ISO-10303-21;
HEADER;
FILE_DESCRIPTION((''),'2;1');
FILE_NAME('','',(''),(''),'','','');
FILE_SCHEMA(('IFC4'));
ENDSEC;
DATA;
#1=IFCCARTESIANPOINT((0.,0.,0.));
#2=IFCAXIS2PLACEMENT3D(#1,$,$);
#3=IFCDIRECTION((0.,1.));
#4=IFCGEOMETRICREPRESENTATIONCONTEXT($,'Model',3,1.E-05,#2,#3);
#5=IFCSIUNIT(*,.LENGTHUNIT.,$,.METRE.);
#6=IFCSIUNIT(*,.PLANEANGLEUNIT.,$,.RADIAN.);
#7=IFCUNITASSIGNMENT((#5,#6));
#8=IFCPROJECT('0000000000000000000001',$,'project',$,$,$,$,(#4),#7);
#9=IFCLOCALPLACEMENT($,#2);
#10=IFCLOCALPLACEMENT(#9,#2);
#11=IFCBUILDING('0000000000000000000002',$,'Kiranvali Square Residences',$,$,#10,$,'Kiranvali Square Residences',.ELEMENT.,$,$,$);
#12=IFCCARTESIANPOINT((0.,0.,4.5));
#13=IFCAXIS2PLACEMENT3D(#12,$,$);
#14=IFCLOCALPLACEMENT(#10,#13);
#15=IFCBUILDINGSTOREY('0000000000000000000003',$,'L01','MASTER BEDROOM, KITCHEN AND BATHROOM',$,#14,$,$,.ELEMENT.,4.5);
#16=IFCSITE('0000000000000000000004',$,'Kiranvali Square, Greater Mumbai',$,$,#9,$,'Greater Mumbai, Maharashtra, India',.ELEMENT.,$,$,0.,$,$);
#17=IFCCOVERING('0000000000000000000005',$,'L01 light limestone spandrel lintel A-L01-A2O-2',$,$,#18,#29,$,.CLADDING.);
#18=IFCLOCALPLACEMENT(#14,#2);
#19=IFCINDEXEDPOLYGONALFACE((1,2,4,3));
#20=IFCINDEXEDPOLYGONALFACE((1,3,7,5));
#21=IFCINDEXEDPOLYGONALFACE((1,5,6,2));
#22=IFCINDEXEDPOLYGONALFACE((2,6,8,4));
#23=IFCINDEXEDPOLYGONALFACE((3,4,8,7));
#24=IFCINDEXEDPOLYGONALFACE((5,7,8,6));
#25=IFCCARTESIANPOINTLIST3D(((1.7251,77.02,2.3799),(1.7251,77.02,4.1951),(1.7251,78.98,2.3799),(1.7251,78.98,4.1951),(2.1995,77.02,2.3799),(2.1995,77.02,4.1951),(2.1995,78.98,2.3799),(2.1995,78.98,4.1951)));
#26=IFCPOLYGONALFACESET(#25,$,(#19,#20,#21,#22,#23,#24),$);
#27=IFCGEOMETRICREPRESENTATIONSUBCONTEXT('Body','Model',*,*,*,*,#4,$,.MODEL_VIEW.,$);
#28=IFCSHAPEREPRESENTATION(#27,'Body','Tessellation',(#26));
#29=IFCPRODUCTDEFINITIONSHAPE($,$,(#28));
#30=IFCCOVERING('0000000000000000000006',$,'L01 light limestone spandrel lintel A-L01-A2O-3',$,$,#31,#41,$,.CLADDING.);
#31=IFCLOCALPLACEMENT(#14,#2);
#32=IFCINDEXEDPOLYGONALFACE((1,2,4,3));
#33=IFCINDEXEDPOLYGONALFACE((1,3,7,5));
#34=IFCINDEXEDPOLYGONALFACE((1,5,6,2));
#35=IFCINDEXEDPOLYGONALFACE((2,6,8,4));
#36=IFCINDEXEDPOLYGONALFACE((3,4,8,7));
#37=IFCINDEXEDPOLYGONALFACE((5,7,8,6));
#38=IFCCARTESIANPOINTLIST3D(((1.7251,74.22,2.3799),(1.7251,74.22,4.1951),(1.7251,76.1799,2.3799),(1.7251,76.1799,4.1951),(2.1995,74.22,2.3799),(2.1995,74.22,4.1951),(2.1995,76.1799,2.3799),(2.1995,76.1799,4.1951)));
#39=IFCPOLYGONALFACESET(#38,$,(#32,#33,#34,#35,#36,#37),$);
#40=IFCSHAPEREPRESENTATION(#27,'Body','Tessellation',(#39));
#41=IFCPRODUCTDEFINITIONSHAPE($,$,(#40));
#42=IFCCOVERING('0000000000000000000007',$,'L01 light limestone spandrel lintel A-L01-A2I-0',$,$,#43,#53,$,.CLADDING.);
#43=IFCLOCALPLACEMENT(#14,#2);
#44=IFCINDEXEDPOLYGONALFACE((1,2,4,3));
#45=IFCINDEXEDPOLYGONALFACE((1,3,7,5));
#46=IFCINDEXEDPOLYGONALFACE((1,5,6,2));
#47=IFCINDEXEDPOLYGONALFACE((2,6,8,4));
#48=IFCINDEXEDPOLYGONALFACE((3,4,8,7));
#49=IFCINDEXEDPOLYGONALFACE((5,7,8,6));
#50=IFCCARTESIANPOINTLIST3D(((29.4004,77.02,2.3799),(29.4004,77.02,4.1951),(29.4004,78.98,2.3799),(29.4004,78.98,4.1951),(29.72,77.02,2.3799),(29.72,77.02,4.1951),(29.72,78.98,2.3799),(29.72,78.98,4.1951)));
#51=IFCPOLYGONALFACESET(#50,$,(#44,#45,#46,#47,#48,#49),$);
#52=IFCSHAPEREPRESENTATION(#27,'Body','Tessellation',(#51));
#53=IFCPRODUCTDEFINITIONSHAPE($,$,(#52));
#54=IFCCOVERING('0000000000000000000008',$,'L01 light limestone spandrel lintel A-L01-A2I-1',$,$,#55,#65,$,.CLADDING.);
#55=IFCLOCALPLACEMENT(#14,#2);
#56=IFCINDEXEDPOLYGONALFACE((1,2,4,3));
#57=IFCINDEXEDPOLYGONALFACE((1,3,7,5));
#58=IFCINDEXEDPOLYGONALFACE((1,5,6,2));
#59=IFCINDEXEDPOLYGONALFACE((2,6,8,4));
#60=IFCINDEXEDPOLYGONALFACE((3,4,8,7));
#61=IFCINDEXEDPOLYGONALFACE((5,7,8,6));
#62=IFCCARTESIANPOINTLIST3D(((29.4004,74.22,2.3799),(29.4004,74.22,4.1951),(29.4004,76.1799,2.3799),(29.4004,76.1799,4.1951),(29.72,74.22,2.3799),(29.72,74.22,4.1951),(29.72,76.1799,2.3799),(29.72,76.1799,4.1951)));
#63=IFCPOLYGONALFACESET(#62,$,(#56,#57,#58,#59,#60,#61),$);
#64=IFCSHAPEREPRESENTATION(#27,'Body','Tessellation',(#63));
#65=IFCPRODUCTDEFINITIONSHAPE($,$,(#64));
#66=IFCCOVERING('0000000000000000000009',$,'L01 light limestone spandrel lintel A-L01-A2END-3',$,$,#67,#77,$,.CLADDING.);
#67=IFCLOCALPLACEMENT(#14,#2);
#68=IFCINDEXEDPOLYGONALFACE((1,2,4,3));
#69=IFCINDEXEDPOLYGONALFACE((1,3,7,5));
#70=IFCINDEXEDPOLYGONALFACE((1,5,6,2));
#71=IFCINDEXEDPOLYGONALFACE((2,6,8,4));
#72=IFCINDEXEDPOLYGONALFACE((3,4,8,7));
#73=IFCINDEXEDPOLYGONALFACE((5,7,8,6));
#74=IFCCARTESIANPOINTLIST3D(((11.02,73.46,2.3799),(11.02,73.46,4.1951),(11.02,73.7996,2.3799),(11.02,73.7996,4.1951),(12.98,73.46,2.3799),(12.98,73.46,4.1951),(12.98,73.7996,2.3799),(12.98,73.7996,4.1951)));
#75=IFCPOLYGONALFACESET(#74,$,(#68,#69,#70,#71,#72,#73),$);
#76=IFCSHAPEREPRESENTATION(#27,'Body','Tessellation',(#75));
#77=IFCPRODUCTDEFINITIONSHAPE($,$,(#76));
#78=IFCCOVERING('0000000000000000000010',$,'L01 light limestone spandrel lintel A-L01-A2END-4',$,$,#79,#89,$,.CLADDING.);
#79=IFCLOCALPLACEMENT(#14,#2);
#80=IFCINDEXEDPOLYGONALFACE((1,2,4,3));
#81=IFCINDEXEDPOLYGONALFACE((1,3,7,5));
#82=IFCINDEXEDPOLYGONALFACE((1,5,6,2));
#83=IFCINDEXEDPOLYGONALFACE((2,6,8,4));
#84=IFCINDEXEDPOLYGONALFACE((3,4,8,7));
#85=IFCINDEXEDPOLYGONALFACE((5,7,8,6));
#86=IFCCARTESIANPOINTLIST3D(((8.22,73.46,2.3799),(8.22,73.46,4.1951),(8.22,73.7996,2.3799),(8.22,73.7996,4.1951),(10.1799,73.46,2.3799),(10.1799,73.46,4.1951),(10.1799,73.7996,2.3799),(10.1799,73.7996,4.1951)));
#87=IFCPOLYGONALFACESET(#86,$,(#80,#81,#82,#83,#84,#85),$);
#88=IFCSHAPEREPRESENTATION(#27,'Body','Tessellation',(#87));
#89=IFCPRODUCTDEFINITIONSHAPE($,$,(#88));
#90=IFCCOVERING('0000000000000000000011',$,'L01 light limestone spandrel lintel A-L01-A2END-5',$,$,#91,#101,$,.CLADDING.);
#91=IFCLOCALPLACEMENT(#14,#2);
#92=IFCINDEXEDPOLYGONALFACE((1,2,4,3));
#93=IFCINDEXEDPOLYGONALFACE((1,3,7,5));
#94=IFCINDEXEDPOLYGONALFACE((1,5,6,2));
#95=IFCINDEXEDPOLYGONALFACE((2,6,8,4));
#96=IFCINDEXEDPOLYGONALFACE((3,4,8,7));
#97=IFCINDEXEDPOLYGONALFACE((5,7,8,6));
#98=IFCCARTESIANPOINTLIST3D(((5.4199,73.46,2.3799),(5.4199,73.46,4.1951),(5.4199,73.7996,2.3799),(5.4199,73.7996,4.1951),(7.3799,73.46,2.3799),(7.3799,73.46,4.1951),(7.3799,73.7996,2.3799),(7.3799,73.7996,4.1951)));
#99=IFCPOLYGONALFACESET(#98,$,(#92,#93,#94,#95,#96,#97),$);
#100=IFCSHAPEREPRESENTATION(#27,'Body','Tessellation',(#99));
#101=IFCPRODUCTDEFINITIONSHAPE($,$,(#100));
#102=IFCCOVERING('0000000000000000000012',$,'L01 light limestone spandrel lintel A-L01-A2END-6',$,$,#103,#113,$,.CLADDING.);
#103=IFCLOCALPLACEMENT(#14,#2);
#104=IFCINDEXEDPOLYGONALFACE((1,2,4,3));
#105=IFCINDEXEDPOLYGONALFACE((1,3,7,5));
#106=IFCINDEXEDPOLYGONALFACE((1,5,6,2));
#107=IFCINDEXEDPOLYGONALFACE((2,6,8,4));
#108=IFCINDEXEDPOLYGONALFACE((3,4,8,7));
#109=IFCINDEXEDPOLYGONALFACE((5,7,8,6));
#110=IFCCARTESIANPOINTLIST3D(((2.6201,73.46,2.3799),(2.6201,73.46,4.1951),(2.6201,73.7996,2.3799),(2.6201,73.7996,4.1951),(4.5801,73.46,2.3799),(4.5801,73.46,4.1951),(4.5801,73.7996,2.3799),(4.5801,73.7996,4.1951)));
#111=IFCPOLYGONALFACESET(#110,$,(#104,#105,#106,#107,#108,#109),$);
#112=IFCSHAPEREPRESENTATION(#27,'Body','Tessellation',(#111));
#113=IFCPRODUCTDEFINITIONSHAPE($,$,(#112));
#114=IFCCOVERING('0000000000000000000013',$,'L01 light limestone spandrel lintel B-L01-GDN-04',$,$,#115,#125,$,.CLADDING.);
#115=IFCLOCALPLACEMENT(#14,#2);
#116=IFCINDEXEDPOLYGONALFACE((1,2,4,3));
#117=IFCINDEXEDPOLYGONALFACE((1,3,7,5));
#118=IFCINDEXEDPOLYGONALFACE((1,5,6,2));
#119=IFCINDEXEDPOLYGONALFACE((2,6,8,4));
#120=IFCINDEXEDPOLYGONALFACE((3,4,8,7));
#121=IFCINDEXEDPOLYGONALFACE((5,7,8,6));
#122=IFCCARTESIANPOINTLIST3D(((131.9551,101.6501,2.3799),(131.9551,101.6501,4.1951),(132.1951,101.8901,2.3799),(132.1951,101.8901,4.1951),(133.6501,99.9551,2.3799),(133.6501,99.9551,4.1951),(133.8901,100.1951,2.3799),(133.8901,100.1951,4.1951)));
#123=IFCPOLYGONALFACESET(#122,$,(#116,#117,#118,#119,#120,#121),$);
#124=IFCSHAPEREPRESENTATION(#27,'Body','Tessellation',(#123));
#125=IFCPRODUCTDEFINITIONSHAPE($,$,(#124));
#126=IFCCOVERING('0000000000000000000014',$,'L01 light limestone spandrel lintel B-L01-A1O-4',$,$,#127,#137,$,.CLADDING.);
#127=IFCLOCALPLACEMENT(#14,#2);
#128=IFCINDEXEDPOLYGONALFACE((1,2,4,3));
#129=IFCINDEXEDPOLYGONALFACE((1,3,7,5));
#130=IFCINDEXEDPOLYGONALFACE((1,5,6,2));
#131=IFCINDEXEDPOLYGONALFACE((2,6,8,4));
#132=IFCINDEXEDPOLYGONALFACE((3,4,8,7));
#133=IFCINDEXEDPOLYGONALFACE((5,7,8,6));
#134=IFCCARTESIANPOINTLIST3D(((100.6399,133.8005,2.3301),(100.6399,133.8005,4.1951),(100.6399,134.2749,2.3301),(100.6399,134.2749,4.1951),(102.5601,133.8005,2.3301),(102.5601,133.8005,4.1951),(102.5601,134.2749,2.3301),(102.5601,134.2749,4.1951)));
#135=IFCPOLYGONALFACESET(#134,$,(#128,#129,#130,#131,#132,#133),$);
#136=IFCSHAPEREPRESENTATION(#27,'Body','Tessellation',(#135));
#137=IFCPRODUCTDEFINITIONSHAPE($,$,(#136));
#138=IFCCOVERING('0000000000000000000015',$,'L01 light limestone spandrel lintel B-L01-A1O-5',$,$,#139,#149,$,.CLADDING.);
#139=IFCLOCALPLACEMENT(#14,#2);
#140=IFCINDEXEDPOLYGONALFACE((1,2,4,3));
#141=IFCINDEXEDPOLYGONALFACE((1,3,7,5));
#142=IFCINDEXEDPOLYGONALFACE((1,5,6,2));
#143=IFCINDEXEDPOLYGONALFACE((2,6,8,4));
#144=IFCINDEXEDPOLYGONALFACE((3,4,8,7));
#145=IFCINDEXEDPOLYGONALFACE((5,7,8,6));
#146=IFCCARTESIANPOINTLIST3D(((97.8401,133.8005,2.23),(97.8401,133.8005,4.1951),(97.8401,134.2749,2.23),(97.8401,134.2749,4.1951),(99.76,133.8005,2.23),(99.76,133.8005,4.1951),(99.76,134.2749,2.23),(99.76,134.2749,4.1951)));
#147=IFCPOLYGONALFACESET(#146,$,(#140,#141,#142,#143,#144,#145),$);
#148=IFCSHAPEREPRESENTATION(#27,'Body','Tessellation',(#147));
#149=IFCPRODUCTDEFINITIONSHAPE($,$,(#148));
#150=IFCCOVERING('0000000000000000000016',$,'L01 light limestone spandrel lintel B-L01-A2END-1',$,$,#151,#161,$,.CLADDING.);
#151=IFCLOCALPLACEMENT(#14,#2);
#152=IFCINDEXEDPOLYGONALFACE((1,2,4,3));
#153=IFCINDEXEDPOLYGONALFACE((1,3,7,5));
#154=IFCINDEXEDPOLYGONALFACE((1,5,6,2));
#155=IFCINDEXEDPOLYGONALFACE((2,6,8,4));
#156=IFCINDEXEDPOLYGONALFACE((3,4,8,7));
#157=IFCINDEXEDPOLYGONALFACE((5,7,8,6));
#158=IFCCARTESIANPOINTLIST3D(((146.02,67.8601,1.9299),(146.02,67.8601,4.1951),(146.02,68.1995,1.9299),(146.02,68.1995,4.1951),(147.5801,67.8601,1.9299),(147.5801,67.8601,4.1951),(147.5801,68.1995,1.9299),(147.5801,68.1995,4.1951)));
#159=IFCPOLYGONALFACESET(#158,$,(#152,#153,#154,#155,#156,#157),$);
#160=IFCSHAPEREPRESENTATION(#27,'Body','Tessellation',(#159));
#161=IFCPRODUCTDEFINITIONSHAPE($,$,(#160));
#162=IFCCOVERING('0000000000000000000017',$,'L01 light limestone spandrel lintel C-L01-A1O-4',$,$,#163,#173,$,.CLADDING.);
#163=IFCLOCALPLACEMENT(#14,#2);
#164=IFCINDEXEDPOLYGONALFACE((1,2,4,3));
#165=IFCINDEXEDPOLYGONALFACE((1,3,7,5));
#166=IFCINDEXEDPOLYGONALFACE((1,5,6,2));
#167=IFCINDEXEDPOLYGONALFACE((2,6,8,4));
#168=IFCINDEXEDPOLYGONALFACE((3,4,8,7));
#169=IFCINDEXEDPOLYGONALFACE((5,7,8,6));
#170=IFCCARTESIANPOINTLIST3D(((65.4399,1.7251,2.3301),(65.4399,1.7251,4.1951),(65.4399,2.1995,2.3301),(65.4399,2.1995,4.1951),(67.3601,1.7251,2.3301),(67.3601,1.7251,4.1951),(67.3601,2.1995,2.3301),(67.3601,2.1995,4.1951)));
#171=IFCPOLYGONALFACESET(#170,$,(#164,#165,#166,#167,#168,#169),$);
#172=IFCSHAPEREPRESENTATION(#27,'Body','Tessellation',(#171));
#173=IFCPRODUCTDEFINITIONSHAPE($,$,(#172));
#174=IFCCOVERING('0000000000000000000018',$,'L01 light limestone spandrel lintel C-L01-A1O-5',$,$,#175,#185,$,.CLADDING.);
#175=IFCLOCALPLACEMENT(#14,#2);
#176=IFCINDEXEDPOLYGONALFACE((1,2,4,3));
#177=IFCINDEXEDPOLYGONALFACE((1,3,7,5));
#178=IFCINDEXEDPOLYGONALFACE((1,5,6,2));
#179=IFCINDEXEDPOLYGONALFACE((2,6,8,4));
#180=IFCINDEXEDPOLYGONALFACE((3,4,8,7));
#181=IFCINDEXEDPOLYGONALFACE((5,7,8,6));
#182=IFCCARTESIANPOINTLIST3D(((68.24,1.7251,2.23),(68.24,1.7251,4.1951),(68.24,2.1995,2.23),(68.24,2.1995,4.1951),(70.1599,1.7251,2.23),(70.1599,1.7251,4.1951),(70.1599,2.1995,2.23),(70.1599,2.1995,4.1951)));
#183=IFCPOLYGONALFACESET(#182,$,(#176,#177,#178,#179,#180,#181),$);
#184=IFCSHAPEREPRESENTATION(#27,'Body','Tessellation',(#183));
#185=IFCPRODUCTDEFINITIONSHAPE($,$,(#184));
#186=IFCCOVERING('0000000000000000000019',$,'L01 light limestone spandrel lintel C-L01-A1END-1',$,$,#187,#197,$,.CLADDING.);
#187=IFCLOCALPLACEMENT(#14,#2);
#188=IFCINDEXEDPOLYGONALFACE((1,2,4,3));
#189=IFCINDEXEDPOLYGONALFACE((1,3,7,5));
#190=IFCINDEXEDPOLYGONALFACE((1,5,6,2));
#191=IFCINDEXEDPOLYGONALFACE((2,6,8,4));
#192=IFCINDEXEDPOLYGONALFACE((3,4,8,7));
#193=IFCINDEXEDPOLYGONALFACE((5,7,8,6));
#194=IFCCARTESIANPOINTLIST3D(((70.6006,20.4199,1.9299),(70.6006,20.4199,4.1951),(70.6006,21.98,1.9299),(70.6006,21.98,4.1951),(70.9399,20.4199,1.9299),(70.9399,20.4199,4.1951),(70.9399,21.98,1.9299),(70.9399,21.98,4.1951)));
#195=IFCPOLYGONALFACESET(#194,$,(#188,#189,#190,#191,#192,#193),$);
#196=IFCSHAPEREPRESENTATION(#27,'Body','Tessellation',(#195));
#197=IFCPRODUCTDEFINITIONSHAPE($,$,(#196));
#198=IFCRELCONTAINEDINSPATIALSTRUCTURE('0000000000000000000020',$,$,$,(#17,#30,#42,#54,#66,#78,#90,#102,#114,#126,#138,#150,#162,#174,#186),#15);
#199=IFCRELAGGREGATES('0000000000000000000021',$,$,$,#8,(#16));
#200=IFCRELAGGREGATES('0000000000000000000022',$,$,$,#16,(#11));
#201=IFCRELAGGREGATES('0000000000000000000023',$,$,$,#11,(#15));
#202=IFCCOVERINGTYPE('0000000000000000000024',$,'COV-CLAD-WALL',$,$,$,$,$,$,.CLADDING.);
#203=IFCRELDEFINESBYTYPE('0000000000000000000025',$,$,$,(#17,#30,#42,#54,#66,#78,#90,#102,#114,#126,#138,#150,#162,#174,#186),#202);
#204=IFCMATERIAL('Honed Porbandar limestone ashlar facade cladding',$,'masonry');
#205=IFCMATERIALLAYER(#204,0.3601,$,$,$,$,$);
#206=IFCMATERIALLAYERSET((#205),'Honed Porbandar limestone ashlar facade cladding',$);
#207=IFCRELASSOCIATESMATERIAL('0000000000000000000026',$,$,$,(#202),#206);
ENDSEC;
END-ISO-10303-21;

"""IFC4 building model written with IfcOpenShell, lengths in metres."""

from ifc_helpers import new_model, si_unit, direction, frame, origin, place, context, subcontext, project, spatial, polyline, outline, extrude, material, layer, layer_set, type_object, element, save


model = new_model("IFC4")

# Units and contexts
model_context = context("Model", 3, precision=1e-05, world=origin(), true_north=direction((0.0, 1.0)))
body_context = subcontext(model_context, "Body", "Model", "MODEL_VIEW")
ifc_project = project(units=[si_unit("LENGTHUNIT", "METRE"), si_unit("PLANEANGLEUNIT", "RADIAN")], contexts=[model_context])

# Site, building, storey
site_placement = place(None, origin())
site = spatial("IfcSite", under=ifc_project, at=site_placement, Name="Kiranvali Square, Greater Mumbai", LongName="Greater Mumbai, Maharashtra, India", CompositionType="ELEMENT", RefElevation=0.0)
building_placement = place(site_placement, origin())
building = spatial("IfcBuilding", under=site, at=building_placement, Name="Kiranvali Square Residences", LongName="Kiranvali Square Residences", CompositionType="ELEMENT")
storey_placement = place(building_placement, frame((0.0, 0.0, 4.5)))
storey = spatial("IfcBuildingStorey", under=building, at=storey_placement, Name="L01", Description="MASTER BEDROOM, KITCHEN AND BATHROOM", CompositionType="ELEMENT", Elevation=4.5)

# Coverings
ifc_material = material(Name="Honed Porbandar limestone ashlar facade cladding", Category="masonry")
ifc_layer = layer(ifc_material, 0.3601)
ifc_layer_set = layer_set([ifc_layer], Name="Honed Porbandar limestone ashlar facade cladding")
covering_type = type_object("IfcCoveringType", Name="COV-CLAD-WALL", PredefinedType="CLADDING", material=ifc_layer_set)
covering_1_placement = place(storey_placement, frame((0.0, 0.0, 2.3799)))
element("IfcCovering", 1, at=covering_1_placement, inside=storey, type_object=covering_type, Name="L01 light limestone spandrel lintel A-L01-A2O-2", PredefinedType="CLADDING", context=body_context, shape_type="SweptSolid", body=[
    extrude(outline(polyline([(1.7251, 78.98), (1.7251, 77.02), (2.1995, 77.02), (2.1995, 78.98), (1.7251, 78.98)])), origin(), (0.0, 0.0, 1.0), 1.8152),
])
covering_2_placement = place(storey_placement, frame((0.0, 0.0, 2.3799)))
element("IfcCovering", 2, at=covering_2_placement, inside=storey, type_object=covering_type, Name="L01 light limestone spandrel lintel A-L01-A2O-3", PredefinedType="CLADDING", context=body_context, shape_type="SweptSolid", body=[
    extrude(outline(polyline([(1.7251, 76.1799), (1.7251, 74.22), (2.1995, 74.22), (2.1995, 76.1799), (1.7251, 76.1799)])), origin(), (0.0, 0.0, 1.0), 1.8152),
])
covering_3_placement = place(storey_placement, frame((0.0, 0.0, 2.3799)))
element("IfcCovering", 3, at=covering_3_placement, inside=storey, type_object=covering_type, Name="L01 light limestone spandrel lintel A-L01-A2I-0", PredefinedType="CLADDING", context=body_context, shape_type="SweptSolid", body=[
    extrude(outline(polyline([(29.4004, 78.98), (29.4004, 77.02), (29.72, 77.02), (29.72, 78.98), (29.4004, 78.98)])), origin(), (0.0, 0.0, 1.0), 1.8152),
])
covering_4_placement = place(storey_placement, frame((0.0, 0.0, 2.3799)))
element("IfcCovering", 4, at=covering_4_placement, inside=storey, type_object=covering_type, Name="L01 light limestone spandrel lintel A-L01-A2I-1", PredefinedType="CLADDING", context=body_context, shape_type="SweptSolid", body=[
    extrude(outline(polyline([(29.4004, 76.1799), (29.4004, 74.22), (29.72, 74.22), (29.72, 76.1799), (29.4004, 76.1799)])), origin(), (0.0, 0.0, 1.0), 1.8152),
])
covering_5_placement = place(storey_placement, frame((0.0, 0.0, 2.3799)))
element("IfcCovering", 5, at=covering_5_placement, inside=storey, type_object=covering_type, Name="L01 light limestone spandrel lintel A-L01-A2END-3", PredefinedType="CLADDING", context=body_context, shape_type="SweptSolid", body=[
    extrude(outline(polyline([(12.98, 73.7996), (11.02, 73.7996), (11.02, 73.46), (12.98, 73.46), (12.98, 73.7996)])), origin(), (0.0, 0.0, 1.0), 1.8152),
])
covering_6_placement = place(storey_placement, frame((0.0, 0.0, 2.3799)))
element("IfcCovering", 6, at=covering_6_placement, inside=storey, type_object=covering_type, Name="L01 light limestone spandrel lintel A-L01-A2END-4", PredefinedType="CLADDING", context=body_context, shape_type="SweptSolid", body=[
    extrude(outline(polyline([(10.1799, 73.7996), (8.22, 73.7996), (8.22, 73.46), (10.1799, 73.46), (10.1799, 73.7996)])), origin(), (0.0, 0.0, 1.0), 1.8152),
])
covering_7_placement = place(storey_placement, frame((0.0, 0.0, 2.3799)))
element("IfcCovering", 7, at=covering_7_placement, inside=storey, type_object=covering_type, Name="L01 light limestone spandrel lintel A-L01-A2END-5", PredefinedType="CLADDING", context=body_context, shape_type="SweptSolid", body=[
    extrude(outline(polyline([(7.3799, 73.7996), (5.4199, 73.7996), (5.4199, 73.46), (7.3799, 73.46), (7.3799, 73.7996)])), origin(), (0.0, 0.0, 1.0), 1.8152),
])
covering_8_placement = place(storey_placement, frame((0.0, 0.0, 2.3799)))
element("IfcCovering", 8, at=covering_8_placement, inside=storey, type_object=covering_type, Name="L01 light limestone spandrel lintel A-L01-A2END-6", PredefinedType="CLADDING", context=body_context, shape_type="SweptSolid", body=[
    extrude(outline(polyline([(4.5801, 73.7996), (2.6201, 73.7996), (2.6201, 73.46), (4.5801, 73.46), (4.5801, 73.7996)])), origin(), (0.0, 0.0, 1.0), 1.8152),
])
covering_9_placement = place(storey_placement, frame((0.0, 0.0, 2.3799)))
element("IfcCovering", 9, at=covering_9_placement, inside=storey, type_object=covering_type, Name="L01 light limestone spandrel lintel B-L01-GDN-04", PredefinedType="CLADDING", context=body_context, shape_type="SweptSolid", body=[
    extrude(outline(polyline([(131.9551, 101.6501), (133.6501, 99.9551), (133.8901, 100.1951), (132.1951, 101.8901), (131.9551, 101.6501)])), origin(), (0.0, 0.0, 1.0), 1.8152),
])
covering_10_placement = place(storey_placement, frame((0.0, 0.0, 2.3301)))
element("IfcCovering", 10, at=covering_10_placement, inside=storey, type_object=covering_type, Name="L01 light limestone spandrel lintel B-L01-A1O-4", PredefinedType="CLADDING", context=body_context, shape_type="SweptSolid", body=[
    extrude(outline(polyline([(102.5601, 134.2749), (100.6399, 134.2749), (100.6399, 133.8005), (102.5601, 133.8005), (102.5601, 134.2749)])), origin(), (0.0, 0.0, 1.0), 1.865),
])
covering_11_placement = place(storey_placement, frame((0.0, 0.0, 2.23)))
element("IfcCovering", 11, at=covering_11_placement, inside=storey, type_object=covering_type, Name="L01 light limestone spandrel lintel B-L01-A1O-5", PredefinedType="CLADDING", context=body_context, shape_type="SweptSolid", body=[
    extrude(outline(polyline([(99.76, 134.2749), (97.8401, 134.2749), (97.8401, 133.8005), (99.76, 133.8005), (99.76, 134.2749)])), origin(), (0.0, 0.0, 1.0), 1.9651),
])
covering_12_placement = place(storey_placement, frame((0.0, 0.0, 1.9299)))
element("IfcCovering", 12, at=covering_12_placement, inside=storey, type_object=covering_type, Name="L01 light limestone spandrel lintel B-L01-A2END-1", PredefinedType="CLADDING", context=body_context, shape_type="SweptSolid", body=[
    extrude(outline(polyline([(146.02, 67.8601), (147.5801, 67.8601), (147.5801, 68.1995), (146.02, 68.1995), (146.02, 67.8601)])), origin(), (0.0, 0.0, 1.0), 2.2651),
])
covering_13_placement = place(storey_placement, frame((0.0, 0.0, 2.3301)))
element("IfcCovering", 13, at=covering_13_placement, inside=storey, type_object=covering_type, Name="L01 light limestone spandrel lintel C-L01-A1O-4", PredefinedType="CLADDING", context=body_context, shape_type="SweptSolid", body=[
    extrude(outline(polyline([(65.4399, 1.7251), (67.3601, 1.7251), (67.3601, 2.1995), (65.4399, 2.1995), (65.4399, 1.7251)])), origin(), (0.0, 0.0, 1.0), 1.865),
])
covering_14_placement = place(storey_placement, frame((0.0, 0.0, 2.23)))
element("IfcCovering", 14, at=covering_14_placement, inside=storey, type_object=covering_type, Name="L01 light limestone spandrel lintel C-L01-A1O-5", PredefinedType="CLADDING", context=body_context, shape_type="SweptSolid", body=[
    extrude(outline(polyline([(68.24, 1.7251), (70.1599, 1.7251), (70.1599, 2.1995), (68.24, 2.1995), (68.24, 1.7251)])), origin(), (0.0, 0.0, 1.0), 1.9651),
])
covering_15_placement = place(storey_placement, frame((0.0, 0.0, 1.9299)))
element("IfcCovering", 15, at=covering_15_placement, inside=storey, type_object=covering_type, Name="L01 light limestone spandrel lintel C-L01-A1END-1", PredefinedType="CLADDING", context=body_context, shape_type="SweptSolid", body=[
    extrude(outline(polyline([(70.6006, 21.98), (70.6006, 20.4199), (70.9399, 20.4199), (70.9399, 21.98), (70.6006, 21.98)])), origin(), (0.0, 0.0, 1.0), 2.2651),
])

save(model, "model.ifc")
